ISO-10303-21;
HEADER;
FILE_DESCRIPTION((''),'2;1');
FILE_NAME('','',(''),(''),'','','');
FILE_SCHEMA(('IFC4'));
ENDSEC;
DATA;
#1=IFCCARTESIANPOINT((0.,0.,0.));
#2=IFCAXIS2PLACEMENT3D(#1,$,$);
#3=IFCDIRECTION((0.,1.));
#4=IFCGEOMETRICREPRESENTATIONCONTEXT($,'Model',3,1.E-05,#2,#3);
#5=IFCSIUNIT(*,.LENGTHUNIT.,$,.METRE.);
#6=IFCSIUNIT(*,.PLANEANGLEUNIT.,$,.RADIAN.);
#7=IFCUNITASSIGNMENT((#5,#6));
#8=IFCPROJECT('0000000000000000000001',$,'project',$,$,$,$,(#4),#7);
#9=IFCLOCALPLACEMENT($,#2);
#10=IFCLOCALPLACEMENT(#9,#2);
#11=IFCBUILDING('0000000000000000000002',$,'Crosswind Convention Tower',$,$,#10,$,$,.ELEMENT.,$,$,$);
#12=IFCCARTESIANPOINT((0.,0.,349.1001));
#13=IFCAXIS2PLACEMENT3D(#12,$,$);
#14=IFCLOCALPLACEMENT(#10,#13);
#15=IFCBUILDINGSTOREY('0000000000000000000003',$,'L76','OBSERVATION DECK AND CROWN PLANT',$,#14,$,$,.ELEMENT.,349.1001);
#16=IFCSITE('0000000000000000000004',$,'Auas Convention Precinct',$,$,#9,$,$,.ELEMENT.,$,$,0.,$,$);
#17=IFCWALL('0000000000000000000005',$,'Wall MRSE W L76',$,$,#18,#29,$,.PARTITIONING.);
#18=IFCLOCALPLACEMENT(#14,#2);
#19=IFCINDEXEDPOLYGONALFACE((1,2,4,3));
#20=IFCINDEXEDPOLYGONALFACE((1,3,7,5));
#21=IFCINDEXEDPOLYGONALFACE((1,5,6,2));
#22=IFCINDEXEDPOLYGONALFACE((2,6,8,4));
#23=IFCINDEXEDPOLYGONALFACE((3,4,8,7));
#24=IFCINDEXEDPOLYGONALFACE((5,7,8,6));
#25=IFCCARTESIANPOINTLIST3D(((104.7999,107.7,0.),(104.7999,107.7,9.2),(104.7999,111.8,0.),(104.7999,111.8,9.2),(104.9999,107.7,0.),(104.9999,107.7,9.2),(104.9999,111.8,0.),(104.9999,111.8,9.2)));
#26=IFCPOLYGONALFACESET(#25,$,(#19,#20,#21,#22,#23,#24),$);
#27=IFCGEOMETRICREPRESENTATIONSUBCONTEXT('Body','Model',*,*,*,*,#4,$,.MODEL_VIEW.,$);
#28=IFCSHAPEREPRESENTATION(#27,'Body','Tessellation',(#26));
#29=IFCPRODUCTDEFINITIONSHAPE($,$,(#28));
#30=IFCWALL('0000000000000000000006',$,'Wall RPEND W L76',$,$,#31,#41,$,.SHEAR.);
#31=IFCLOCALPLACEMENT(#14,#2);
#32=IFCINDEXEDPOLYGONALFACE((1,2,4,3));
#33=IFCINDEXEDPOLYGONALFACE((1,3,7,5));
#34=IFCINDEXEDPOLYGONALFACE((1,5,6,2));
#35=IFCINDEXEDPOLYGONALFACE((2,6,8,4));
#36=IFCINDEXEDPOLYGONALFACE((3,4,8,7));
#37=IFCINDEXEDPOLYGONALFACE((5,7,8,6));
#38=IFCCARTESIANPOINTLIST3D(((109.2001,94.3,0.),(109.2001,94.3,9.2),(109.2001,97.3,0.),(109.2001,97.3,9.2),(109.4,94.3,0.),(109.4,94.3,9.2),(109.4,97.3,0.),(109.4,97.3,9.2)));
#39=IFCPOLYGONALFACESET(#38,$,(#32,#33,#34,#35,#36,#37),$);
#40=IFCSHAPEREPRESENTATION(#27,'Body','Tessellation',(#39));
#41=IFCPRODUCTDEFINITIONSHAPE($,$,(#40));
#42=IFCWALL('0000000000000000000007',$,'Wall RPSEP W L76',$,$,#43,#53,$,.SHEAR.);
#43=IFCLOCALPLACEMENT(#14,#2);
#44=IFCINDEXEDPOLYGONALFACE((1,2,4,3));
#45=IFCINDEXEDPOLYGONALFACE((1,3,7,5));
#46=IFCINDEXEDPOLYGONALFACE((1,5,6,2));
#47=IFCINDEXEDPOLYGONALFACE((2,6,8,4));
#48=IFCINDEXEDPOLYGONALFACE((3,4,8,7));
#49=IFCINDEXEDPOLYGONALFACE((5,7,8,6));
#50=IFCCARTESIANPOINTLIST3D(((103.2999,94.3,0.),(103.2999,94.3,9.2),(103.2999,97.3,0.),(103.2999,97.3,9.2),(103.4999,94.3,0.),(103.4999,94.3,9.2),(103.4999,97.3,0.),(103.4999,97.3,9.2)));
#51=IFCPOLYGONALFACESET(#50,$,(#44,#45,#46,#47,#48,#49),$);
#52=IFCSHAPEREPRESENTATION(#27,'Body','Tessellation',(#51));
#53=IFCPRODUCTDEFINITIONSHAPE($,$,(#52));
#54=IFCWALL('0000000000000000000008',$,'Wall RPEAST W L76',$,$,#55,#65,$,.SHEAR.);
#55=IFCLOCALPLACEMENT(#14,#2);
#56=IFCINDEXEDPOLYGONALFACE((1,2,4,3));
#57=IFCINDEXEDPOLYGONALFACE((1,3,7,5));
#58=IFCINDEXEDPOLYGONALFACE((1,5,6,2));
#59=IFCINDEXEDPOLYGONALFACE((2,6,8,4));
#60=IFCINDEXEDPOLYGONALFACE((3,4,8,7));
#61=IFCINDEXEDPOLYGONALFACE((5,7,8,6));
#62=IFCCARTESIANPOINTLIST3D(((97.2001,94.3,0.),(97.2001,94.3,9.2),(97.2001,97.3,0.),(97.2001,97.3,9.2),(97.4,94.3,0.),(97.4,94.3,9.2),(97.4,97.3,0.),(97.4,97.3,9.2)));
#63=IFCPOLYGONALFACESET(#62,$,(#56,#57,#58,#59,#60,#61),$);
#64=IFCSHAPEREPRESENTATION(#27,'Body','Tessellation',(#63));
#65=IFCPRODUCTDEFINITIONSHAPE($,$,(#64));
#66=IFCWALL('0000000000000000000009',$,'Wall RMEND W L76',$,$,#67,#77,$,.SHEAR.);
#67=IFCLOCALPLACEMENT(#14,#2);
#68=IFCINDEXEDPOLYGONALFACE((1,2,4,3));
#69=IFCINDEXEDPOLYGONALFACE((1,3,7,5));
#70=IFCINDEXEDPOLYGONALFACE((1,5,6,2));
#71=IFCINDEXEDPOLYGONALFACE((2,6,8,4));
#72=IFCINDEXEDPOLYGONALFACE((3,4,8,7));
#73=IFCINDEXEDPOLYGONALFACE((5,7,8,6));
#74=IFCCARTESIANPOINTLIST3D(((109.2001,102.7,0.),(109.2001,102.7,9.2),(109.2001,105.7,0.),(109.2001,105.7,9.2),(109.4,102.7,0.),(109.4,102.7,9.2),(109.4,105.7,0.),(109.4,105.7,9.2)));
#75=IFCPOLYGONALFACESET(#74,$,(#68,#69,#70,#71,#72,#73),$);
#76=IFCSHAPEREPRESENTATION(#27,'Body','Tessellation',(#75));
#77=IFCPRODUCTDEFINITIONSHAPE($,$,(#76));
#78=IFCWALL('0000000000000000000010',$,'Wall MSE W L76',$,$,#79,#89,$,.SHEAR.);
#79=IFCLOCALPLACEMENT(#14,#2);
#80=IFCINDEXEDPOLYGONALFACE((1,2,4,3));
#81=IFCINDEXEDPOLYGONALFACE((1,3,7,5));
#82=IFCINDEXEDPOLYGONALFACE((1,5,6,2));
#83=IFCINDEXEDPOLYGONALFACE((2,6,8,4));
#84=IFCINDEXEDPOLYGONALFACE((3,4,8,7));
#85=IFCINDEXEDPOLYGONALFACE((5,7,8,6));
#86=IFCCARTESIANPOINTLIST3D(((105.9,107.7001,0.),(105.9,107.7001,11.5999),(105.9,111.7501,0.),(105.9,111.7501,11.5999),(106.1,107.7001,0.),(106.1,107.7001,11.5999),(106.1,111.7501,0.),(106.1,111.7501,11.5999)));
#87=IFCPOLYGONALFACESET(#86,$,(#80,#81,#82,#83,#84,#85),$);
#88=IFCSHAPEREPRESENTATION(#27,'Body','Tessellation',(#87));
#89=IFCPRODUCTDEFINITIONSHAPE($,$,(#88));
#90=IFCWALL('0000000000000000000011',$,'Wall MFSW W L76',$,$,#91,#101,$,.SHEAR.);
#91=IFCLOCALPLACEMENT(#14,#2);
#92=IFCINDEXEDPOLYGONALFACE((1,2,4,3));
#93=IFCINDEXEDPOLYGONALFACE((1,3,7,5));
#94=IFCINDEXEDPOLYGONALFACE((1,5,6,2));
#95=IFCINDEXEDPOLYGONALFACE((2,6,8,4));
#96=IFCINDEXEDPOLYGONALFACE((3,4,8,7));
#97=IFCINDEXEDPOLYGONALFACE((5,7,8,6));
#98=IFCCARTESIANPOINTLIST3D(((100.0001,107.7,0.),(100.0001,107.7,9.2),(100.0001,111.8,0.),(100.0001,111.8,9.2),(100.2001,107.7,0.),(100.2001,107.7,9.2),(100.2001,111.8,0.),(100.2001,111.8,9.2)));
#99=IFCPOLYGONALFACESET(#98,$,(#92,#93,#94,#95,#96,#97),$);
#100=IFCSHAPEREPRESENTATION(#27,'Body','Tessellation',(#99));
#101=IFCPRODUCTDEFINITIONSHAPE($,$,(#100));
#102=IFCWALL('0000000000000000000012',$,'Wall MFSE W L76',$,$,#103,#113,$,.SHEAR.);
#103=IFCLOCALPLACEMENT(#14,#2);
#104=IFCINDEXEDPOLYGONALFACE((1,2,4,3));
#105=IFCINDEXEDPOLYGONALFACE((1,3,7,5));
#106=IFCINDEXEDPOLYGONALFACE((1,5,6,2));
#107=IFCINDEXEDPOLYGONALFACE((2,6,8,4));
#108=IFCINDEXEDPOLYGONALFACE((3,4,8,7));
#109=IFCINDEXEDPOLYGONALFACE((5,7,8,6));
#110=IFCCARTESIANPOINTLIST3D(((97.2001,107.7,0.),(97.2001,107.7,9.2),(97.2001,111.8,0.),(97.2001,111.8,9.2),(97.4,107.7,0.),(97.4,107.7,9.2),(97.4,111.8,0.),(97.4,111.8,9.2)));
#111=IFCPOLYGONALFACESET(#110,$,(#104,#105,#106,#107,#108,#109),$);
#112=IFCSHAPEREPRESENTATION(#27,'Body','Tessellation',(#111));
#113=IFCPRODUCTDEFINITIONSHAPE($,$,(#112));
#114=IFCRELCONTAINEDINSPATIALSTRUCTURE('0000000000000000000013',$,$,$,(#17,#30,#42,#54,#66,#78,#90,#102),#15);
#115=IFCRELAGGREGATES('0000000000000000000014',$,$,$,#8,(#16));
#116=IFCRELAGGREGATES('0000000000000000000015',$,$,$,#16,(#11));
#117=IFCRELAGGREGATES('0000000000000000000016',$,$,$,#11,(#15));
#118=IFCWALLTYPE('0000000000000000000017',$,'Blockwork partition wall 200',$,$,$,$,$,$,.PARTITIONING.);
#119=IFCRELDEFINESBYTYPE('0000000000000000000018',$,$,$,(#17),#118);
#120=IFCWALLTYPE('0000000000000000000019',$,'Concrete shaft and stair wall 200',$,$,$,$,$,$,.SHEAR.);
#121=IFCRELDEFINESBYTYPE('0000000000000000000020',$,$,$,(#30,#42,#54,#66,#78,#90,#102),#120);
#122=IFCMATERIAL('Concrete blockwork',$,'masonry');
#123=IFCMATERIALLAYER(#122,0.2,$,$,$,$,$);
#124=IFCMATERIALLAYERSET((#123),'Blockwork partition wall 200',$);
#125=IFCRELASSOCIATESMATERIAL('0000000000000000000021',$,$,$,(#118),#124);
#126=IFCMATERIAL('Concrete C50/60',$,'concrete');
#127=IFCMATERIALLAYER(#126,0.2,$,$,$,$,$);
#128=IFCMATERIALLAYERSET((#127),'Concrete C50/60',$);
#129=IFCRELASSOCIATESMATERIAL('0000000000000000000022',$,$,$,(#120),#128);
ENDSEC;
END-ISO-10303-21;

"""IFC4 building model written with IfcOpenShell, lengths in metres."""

from ifc_helpers import new_model, si_unit, direction, frame, frame_2d, origin, place, context, subcontext, project, spatial, rectangle, extrude, material, layer, layer_set, type_object, element, save


model = new_model("IFC4")

# Units and contexts
model_context = context("Model", 3, precision=1e-05, world=origin(), true_north=direction((0.0, 1.0)))
body_context = subcontext(model_context, "Body", "Model", "MODEL_VIEW")
ifc_project = project(units=[si_unit("LENGTHUNIT", "METRE"), si_unit("PLANEANGLEUNIT", "RADIAN")], contexts=[model_context])

# Site, building, storey
site_placement = place(None, origin())
site = spatial("IfcSite", under=ifc_project, at=site_placement, Name="Auas Convention Precinct", CompositionType="ELEMENT", RefElevation=0.0)
building_placement = place(site_placement, origin())
building = spatial("IfcBuilding", under=site, at=building_placement, Name="Crosswind Convention Tower", CompositionType="ELEMENT")
storey_placement = place(building_placement, frame((0.0, 0.0, 349.1001)))
storey = spatial("IfcBuildingStorey", under=building, at=storey_placement, Name="L76", Description="OBSERVATION DECK AND CROWN PLANT", CompositionType="ELEMENT", Elevation=349.1001)

# Walls
ifc_material_1 = material(Name="Concrete blockwork", Category="masonry")
ifc_layer_1 = layer(ifc_material_1, 0.2)
ifc_layer_set_1 = layer_set([ifc_layer_1], Name="Blockwork partition wall 200")
wall_type_1 = type_object("IfcWallType", Name="Blockwork partition wall 200", PredefinedType="PARTITIONING", material=ifc_layer_set_1)
wall_1_placement = place(storey_placement, frame((104.8999, 111.8, 0.0), z_axis=(0.0, 0.0, 1.0), x_axis=(0.0, -1.0, 0.0)))
element("IfcWall", 1, at=wall_1_placement, inside=storey, type_object=wall_type_1, Name="Wall MRSE W L76", PredefinedType="PARTITIONING", context=body_context, shape_type="SweptSolid", body=[
    extrude(rectangle(XDim=4.1001, YDim=0.2, at=frame_2d((2.05, 0.0))), origin(), (0.0, 0.0, 1.0), 9.2),
])
ifc_material_2 = material(Name="Concrete C50/60", Category="concrete")
ifc_layer_2 = layer(ifc_material_2, 0.2)
ifc_layer_set_2 = layer_set([ifc_layer_2], Name="Concrete C50/60")
wall_type_2 = type_object("IfcWallType", Name="Concrete shaft and stair wall 200", PredefinedType="SHEAR", material=ifc_layer_set_2)
for number, where, z_axis, x_axis, name in (
    (2, (109.3, 97.3, 0.0), (0.0, 0.0, 1.0), (0.0, -1.0, 0.0), "Wall RPEND W L76"),
    (3, (103.3999, 97.3, 0.0), (0.0, 0.0, 1.0), (0.0, -1.0, 0.0), "Wall RPSEP W L76"),
    (4, (97.3, 97.3, 0.0), (0.0, 0.0, 1.0), (0.0, -1.0, 0.0), "Wall RPEAST W L76"),
    (5, (109.3, 105.7, 0.0), (0.0, 0.0, 1.0), (0.0, -1.0, 0.0), "Wall RMEND W L76"),
):
    element("IfcWall", number, at=place(storey_placement, frame(where, z_axis=z_axis, x_axis=x_axis)), inside=storey, type_object=wall_type_2, Name=name, PredefinedType="SHEAR", context=body_context, shape_type="SweptSolid", body=[
        extrude(rectangle(XDim=3.0, YDim=0.2, at=frame_2d((1.5, 0.0))), origin(), (0.0, 0.0, 1.0), 9.2),
    ])
wall_2_placement = place(storey_placement, frame((106.0, 111.75, 0.0), z_axis=(0.0, 0.0, 1.0), x_axis=(0.0, -1.0, 0.0)))
element("IfcWall", 6, at=wall_2_placement, inside=storey, type_object=wall_type_2, Name="Wall MSE W L76", PredefinedType="SHEAR", context=body_context, shape_type="SweptSolid", body=[
    extrude(rectangle(XDim=4.05, YDim=0.2, at=frame_2d((2.0249, 0.0))), origin(), (0.0, 0.0, 1.0), 11.5999),
])
for number, where, z_axis, x_axis, name in (
    (7, (100.1001, 111.8, 0.0), (0.0, 0.0, 1.0), (0.0, -1.0, 0.0), "Wall MFSW W L76"),
    (8, (97.3, 111.8, 0.0), (0.0, 0.0, 1.0), (0.0, -1.0, 0.0), "Wall MFSE W L76"),
):
    element("IfcWall", number, at=place(storey_placement, frame(where, z_axis=z_axis, x_axis=x_axis)), inside=storey, type_object=wall_type_2, Name=name, PredefinedType="SHEAR", context=body_context, shape_type="SweptSolid", body=[
        extrude(rectangle(XDim=4.1001, YDim=0.2, at=frame_2d((2.05, 0.0))), origin(), (0.0, 0.0, 1.0), 9.2),
    ])

save(model, "model.ifc")
